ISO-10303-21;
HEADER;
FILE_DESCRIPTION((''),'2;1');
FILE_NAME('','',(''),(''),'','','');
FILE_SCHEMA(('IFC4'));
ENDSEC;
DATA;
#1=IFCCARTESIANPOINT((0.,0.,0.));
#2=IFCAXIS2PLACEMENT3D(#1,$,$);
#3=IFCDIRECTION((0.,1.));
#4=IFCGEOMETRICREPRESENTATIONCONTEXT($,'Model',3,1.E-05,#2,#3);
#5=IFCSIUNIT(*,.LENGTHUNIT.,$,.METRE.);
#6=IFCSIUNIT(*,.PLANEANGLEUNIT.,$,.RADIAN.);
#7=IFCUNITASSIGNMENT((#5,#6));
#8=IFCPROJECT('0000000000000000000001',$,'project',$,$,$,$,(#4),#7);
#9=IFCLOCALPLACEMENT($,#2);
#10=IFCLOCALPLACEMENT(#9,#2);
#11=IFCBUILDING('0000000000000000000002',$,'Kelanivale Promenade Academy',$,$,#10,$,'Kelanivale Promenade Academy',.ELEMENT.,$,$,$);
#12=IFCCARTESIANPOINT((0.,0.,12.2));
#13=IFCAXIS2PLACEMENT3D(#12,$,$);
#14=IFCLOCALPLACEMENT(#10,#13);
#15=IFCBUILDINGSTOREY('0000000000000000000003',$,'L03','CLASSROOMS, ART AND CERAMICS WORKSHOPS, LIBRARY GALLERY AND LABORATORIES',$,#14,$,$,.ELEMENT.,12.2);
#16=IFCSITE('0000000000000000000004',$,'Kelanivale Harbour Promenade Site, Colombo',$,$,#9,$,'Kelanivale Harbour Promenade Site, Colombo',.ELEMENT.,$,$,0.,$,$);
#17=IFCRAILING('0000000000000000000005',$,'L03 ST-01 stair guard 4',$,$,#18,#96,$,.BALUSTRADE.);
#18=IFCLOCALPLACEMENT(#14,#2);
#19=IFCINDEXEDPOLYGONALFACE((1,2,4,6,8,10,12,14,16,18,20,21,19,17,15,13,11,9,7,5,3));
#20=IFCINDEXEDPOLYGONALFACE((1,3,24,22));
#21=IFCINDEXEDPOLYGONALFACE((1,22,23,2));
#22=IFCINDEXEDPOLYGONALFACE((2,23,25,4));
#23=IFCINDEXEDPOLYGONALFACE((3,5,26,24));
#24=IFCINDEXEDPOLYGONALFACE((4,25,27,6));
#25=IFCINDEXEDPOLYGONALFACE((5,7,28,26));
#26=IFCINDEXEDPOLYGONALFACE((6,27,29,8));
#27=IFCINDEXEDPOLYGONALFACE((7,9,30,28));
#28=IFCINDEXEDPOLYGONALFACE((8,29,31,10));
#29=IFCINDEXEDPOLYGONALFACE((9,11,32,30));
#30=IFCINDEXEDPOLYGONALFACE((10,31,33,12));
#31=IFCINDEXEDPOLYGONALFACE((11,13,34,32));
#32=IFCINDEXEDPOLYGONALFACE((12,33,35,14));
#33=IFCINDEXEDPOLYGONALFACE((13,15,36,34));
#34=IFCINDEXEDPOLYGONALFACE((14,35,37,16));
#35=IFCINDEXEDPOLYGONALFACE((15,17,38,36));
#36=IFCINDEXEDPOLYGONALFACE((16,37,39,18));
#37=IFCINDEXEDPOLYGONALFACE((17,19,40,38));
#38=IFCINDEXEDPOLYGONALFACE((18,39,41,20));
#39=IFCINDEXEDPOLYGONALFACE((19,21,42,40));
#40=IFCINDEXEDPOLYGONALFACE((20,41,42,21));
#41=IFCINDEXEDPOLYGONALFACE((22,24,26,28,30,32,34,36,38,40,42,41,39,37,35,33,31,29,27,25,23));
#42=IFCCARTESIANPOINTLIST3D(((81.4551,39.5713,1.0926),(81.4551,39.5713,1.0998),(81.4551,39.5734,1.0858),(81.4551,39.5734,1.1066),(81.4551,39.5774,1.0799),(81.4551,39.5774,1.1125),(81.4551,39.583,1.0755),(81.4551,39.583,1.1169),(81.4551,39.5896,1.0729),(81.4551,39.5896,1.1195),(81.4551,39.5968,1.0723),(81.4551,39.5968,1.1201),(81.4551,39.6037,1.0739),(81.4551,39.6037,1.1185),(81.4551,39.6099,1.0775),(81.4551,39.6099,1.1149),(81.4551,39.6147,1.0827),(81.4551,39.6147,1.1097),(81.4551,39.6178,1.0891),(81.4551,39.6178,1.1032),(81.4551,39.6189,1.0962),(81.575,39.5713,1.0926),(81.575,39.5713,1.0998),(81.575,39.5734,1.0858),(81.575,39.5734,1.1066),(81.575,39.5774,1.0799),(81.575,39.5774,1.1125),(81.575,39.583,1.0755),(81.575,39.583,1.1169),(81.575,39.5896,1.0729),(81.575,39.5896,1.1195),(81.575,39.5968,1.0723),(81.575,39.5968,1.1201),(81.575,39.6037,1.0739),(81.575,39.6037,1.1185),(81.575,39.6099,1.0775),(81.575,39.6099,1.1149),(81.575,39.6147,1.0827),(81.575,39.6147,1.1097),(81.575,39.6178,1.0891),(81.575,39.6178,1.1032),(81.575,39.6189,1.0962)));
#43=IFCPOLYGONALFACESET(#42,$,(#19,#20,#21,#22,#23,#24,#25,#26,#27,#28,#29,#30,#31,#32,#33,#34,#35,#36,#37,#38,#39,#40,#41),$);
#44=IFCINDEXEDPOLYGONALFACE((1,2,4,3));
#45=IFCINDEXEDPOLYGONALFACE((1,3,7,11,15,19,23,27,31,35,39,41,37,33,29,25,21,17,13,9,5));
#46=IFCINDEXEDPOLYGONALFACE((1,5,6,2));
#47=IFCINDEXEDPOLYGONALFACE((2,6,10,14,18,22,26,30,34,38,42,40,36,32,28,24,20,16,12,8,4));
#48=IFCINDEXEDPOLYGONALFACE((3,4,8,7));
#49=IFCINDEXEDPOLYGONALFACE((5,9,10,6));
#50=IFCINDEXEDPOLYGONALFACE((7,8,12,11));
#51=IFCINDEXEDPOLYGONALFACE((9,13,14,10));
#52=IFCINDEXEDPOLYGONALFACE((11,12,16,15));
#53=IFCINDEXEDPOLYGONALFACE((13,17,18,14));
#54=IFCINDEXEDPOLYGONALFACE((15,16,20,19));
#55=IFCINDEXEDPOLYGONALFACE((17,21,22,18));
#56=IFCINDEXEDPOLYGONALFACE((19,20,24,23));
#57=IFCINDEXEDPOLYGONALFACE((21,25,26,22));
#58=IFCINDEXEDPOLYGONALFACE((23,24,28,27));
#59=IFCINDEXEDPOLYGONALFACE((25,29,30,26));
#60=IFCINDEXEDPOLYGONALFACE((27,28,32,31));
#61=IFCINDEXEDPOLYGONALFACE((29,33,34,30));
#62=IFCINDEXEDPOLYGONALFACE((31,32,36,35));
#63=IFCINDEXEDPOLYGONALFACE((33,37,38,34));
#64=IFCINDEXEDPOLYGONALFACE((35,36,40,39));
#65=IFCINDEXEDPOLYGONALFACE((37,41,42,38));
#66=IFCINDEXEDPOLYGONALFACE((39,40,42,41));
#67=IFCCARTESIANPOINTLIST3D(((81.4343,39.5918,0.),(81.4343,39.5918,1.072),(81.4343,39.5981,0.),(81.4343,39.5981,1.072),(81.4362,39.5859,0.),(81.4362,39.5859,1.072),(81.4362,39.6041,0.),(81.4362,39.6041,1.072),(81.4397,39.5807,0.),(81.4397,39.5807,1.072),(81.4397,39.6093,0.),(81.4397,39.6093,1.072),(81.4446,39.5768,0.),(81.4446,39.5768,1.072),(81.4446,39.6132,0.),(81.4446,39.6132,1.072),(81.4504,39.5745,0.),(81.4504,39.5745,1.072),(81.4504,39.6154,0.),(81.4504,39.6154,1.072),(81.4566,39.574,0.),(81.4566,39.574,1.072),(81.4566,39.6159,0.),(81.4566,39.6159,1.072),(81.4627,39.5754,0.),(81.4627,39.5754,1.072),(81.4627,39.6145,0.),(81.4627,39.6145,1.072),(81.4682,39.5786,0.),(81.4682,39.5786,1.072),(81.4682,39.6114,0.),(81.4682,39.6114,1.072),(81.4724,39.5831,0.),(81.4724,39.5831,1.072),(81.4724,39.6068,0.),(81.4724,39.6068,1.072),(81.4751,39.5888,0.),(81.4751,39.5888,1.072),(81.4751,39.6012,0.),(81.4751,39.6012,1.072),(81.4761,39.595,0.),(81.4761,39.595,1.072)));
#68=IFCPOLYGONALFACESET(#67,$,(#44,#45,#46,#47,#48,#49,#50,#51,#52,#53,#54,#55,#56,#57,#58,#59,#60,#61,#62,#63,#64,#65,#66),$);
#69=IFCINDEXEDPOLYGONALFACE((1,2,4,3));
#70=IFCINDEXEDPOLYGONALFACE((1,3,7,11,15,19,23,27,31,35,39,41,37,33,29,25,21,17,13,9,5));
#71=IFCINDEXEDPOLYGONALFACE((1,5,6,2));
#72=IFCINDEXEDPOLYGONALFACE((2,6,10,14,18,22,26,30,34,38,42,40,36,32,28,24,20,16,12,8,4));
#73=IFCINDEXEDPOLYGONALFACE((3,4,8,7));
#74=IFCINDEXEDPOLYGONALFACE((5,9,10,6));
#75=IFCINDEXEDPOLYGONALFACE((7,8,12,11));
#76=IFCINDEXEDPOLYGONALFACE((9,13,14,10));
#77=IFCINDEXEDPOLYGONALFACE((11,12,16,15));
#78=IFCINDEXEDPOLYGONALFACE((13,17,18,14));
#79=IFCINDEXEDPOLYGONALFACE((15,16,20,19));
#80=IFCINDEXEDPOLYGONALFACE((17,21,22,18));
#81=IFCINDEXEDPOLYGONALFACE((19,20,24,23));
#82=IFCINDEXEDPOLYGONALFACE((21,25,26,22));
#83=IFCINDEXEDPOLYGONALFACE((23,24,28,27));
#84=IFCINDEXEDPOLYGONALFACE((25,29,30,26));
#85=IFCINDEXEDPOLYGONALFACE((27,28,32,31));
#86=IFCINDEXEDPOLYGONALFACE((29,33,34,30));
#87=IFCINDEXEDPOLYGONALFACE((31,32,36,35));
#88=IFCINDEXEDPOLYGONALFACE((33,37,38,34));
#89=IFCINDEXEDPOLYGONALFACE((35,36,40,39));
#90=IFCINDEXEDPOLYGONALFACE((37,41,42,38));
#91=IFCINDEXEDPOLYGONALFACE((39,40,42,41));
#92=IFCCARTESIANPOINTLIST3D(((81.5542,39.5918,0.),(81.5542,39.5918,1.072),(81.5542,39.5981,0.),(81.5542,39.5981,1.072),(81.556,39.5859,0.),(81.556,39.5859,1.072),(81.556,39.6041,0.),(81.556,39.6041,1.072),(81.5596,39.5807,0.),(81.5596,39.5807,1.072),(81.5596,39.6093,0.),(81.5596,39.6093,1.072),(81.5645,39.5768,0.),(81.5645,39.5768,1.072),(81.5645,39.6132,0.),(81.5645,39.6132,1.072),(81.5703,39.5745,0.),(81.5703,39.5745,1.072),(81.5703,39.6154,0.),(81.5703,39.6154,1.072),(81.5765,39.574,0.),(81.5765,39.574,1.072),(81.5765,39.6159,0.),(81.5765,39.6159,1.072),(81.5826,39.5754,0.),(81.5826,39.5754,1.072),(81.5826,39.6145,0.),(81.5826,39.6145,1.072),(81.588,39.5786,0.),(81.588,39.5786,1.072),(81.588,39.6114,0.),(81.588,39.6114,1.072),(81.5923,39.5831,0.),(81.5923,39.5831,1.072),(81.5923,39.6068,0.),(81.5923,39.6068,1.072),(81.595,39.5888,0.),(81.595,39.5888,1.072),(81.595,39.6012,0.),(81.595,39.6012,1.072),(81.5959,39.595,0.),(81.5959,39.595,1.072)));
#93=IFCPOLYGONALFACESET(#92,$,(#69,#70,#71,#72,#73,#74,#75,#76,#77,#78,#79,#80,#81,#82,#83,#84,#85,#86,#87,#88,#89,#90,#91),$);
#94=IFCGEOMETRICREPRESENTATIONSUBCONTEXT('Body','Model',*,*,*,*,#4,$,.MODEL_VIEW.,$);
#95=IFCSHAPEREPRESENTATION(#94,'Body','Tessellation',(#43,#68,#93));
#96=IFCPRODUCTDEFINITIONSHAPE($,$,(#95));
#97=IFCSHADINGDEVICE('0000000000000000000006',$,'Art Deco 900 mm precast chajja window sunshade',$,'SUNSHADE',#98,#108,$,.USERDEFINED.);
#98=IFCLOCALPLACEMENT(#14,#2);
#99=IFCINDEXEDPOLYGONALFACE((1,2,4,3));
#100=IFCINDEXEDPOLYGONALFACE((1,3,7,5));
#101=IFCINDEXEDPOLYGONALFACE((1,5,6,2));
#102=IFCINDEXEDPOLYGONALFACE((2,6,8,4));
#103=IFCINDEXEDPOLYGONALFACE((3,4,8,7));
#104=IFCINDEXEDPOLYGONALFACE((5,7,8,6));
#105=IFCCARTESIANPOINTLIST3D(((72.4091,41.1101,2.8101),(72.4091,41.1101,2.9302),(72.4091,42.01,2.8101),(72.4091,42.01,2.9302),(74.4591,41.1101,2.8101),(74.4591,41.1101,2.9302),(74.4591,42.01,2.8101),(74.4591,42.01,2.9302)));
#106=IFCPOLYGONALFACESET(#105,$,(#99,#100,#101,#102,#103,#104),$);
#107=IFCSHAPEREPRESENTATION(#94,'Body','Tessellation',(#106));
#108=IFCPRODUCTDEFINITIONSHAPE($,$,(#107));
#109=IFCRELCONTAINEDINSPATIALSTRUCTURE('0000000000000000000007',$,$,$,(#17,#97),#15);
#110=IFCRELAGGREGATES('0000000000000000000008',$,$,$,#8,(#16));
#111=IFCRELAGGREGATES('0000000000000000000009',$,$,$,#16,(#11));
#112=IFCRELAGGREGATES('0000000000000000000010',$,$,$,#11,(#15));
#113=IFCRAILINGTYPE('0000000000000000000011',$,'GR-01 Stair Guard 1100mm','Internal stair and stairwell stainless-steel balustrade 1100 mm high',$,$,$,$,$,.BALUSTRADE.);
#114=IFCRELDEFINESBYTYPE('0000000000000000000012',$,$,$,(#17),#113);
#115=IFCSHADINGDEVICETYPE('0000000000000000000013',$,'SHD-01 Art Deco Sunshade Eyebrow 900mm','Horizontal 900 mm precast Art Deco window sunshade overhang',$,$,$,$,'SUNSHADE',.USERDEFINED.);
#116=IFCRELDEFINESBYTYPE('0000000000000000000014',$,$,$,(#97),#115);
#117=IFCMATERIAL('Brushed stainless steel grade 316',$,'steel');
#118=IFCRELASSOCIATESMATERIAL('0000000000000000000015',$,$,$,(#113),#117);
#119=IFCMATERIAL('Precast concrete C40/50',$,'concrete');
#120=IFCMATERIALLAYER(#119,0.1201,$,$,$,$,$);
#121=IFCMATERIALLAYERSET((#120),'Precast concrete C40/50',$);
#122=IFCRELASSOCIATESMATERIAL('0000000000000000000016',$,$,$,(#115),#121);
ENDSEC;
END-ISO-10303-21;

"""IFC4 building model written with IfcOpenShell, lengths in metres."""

from ifc_helpers import new_model, si_unit, direction, frame, origin, origin_2d, place, context, subcontext, project, spatial, rectangle, circle, extrude, material, layer, layer_set, type_object, element, save


model = new_model("IFC4")

# Units and contexts
model_context = context("Model", 3, precision=1e-05, world=origin(), true_north=direction((0.0, 1.0)))
body_context = subcontext(model_context, "Body", "Model", "MODEL_VIEW")
ifc_project = project(units=[si_unit("LENGTHUNIT", "METRE"), si_unit("PLANEANGLEUNIT", "RADIAN")], contexts=[model_context])

# Site, building, storey
site_placement = place(None, origin())
site = spatial("IfcSite", under=ifc_project, at=site_placement, Name="Kelanivale Harbour Promenade Site, Colombo", LongName="Kelanivale Harbour Promenade Site, Colombo", CompositionType="ELEMENT", RefElevation=0.0)
building_placement = place(site_placement, origin())
building = spatial("IfcBuilding", under=site, at=building_placement, Name="Kelanivale Promenade Academy", LongName="Kelanivale Promenade Academy", CompositionType="ELEMENT")
storey_placement = place(building_placement, frame((0.0, 0.0, 12.2)))
storey = spatial("IfcBuildingStorey", under=building, at=storey_placement, Name="L03", Description="CLASSROOMS, ART AND CERAMICS WORKSHOPS, LIBRARY GALLERY AND LABORATORIES", CompositionType="ELEMENT", Elevation=12.2)

# Railing
ifc_material_1 = material(Name="Brushed stainless steel grade 316", Category="steel")
railing_type = type_object("IfcRailingType", Name="GR-01 Stair Guard 1100mm", Description="Internal stair and stairwell stainless-steel balustrade 1100 mm high", PredefinedType="BALUSTRADE", material=ifc_material_1)
railing_1_placement = place(storey_placement, frame((81.4551, 39.595, 0.0)))
element("IfcRailing", 1, at=railing_1_placement, inside=storey, type_object=railing_type, Name="L03 ST-01 stair guard 4", PredefinedType="BALUSTRADE", context=body_context, shape_type="SweptSolid", body=[
    extrude(circle(Radius=0.0239, at=origin_2d()), frame((0.0, 0.0, 1.0962), z_axis=(1.0, 0.0, 0.0), x_axis=(0.0, 1.0, 0.0)), (0.0, 0.0, 1.0), 0.1199),
    extrude(circle(Radius=0.021, at=origin_2d()), origin(), (0.0, 0.0, 1.0), 1.072),
    extrude(circle(Radius=0.021, at=origin_2d()), frame((0.1199, 0.0, 0.0)), (0.0, 0.0, 1.0), 1.072),
])

# Shading device
ifc_material_2 = material(Name="Precast concrete C40/50", Category="concrete")
ifc_layer_1 = layer(ifc_material_2, 0.1201)
ifc_layer_set_1 = layer_set([ifc_layer_1], Name="Precast concrete C40/50")
shading_device_type = type_object("IfcShadingDeviceType", Name="SHD-01 Art Deco Sunshade Eyebrow 900mm", Description="Horizontal 900 mm precast Art Deco window sunshade overhang", ElementType="SUNSHADE", PredefinedType="USERDEFINED", material=ifc_layer_set_1)
shading_device_placement = place(storey_placement, frame((73.4341, 41.5601, 2.8101), z_axis=(0.0, 0.0, 1.0), x_axis=(1.0, 0.0, 0.0)))
element("IfcShadingDevice", 2, at=shading_device_placement, inside=storey, type_object=shading_device_type, Name="Art Deco 900 mm precast chajja window sunshade", ObjectType="SUNSHADE", PredefinedType="USERDEFINED", context=body_context, shape_type="SweptSolid", body=[
    extrude(rectangle(XDim=2.05, YDim=0.8999, at=origin_2d()), origin(), (0.0, 0.0, 1.0), 0.1201),
])

save(model, "model.ifc")
